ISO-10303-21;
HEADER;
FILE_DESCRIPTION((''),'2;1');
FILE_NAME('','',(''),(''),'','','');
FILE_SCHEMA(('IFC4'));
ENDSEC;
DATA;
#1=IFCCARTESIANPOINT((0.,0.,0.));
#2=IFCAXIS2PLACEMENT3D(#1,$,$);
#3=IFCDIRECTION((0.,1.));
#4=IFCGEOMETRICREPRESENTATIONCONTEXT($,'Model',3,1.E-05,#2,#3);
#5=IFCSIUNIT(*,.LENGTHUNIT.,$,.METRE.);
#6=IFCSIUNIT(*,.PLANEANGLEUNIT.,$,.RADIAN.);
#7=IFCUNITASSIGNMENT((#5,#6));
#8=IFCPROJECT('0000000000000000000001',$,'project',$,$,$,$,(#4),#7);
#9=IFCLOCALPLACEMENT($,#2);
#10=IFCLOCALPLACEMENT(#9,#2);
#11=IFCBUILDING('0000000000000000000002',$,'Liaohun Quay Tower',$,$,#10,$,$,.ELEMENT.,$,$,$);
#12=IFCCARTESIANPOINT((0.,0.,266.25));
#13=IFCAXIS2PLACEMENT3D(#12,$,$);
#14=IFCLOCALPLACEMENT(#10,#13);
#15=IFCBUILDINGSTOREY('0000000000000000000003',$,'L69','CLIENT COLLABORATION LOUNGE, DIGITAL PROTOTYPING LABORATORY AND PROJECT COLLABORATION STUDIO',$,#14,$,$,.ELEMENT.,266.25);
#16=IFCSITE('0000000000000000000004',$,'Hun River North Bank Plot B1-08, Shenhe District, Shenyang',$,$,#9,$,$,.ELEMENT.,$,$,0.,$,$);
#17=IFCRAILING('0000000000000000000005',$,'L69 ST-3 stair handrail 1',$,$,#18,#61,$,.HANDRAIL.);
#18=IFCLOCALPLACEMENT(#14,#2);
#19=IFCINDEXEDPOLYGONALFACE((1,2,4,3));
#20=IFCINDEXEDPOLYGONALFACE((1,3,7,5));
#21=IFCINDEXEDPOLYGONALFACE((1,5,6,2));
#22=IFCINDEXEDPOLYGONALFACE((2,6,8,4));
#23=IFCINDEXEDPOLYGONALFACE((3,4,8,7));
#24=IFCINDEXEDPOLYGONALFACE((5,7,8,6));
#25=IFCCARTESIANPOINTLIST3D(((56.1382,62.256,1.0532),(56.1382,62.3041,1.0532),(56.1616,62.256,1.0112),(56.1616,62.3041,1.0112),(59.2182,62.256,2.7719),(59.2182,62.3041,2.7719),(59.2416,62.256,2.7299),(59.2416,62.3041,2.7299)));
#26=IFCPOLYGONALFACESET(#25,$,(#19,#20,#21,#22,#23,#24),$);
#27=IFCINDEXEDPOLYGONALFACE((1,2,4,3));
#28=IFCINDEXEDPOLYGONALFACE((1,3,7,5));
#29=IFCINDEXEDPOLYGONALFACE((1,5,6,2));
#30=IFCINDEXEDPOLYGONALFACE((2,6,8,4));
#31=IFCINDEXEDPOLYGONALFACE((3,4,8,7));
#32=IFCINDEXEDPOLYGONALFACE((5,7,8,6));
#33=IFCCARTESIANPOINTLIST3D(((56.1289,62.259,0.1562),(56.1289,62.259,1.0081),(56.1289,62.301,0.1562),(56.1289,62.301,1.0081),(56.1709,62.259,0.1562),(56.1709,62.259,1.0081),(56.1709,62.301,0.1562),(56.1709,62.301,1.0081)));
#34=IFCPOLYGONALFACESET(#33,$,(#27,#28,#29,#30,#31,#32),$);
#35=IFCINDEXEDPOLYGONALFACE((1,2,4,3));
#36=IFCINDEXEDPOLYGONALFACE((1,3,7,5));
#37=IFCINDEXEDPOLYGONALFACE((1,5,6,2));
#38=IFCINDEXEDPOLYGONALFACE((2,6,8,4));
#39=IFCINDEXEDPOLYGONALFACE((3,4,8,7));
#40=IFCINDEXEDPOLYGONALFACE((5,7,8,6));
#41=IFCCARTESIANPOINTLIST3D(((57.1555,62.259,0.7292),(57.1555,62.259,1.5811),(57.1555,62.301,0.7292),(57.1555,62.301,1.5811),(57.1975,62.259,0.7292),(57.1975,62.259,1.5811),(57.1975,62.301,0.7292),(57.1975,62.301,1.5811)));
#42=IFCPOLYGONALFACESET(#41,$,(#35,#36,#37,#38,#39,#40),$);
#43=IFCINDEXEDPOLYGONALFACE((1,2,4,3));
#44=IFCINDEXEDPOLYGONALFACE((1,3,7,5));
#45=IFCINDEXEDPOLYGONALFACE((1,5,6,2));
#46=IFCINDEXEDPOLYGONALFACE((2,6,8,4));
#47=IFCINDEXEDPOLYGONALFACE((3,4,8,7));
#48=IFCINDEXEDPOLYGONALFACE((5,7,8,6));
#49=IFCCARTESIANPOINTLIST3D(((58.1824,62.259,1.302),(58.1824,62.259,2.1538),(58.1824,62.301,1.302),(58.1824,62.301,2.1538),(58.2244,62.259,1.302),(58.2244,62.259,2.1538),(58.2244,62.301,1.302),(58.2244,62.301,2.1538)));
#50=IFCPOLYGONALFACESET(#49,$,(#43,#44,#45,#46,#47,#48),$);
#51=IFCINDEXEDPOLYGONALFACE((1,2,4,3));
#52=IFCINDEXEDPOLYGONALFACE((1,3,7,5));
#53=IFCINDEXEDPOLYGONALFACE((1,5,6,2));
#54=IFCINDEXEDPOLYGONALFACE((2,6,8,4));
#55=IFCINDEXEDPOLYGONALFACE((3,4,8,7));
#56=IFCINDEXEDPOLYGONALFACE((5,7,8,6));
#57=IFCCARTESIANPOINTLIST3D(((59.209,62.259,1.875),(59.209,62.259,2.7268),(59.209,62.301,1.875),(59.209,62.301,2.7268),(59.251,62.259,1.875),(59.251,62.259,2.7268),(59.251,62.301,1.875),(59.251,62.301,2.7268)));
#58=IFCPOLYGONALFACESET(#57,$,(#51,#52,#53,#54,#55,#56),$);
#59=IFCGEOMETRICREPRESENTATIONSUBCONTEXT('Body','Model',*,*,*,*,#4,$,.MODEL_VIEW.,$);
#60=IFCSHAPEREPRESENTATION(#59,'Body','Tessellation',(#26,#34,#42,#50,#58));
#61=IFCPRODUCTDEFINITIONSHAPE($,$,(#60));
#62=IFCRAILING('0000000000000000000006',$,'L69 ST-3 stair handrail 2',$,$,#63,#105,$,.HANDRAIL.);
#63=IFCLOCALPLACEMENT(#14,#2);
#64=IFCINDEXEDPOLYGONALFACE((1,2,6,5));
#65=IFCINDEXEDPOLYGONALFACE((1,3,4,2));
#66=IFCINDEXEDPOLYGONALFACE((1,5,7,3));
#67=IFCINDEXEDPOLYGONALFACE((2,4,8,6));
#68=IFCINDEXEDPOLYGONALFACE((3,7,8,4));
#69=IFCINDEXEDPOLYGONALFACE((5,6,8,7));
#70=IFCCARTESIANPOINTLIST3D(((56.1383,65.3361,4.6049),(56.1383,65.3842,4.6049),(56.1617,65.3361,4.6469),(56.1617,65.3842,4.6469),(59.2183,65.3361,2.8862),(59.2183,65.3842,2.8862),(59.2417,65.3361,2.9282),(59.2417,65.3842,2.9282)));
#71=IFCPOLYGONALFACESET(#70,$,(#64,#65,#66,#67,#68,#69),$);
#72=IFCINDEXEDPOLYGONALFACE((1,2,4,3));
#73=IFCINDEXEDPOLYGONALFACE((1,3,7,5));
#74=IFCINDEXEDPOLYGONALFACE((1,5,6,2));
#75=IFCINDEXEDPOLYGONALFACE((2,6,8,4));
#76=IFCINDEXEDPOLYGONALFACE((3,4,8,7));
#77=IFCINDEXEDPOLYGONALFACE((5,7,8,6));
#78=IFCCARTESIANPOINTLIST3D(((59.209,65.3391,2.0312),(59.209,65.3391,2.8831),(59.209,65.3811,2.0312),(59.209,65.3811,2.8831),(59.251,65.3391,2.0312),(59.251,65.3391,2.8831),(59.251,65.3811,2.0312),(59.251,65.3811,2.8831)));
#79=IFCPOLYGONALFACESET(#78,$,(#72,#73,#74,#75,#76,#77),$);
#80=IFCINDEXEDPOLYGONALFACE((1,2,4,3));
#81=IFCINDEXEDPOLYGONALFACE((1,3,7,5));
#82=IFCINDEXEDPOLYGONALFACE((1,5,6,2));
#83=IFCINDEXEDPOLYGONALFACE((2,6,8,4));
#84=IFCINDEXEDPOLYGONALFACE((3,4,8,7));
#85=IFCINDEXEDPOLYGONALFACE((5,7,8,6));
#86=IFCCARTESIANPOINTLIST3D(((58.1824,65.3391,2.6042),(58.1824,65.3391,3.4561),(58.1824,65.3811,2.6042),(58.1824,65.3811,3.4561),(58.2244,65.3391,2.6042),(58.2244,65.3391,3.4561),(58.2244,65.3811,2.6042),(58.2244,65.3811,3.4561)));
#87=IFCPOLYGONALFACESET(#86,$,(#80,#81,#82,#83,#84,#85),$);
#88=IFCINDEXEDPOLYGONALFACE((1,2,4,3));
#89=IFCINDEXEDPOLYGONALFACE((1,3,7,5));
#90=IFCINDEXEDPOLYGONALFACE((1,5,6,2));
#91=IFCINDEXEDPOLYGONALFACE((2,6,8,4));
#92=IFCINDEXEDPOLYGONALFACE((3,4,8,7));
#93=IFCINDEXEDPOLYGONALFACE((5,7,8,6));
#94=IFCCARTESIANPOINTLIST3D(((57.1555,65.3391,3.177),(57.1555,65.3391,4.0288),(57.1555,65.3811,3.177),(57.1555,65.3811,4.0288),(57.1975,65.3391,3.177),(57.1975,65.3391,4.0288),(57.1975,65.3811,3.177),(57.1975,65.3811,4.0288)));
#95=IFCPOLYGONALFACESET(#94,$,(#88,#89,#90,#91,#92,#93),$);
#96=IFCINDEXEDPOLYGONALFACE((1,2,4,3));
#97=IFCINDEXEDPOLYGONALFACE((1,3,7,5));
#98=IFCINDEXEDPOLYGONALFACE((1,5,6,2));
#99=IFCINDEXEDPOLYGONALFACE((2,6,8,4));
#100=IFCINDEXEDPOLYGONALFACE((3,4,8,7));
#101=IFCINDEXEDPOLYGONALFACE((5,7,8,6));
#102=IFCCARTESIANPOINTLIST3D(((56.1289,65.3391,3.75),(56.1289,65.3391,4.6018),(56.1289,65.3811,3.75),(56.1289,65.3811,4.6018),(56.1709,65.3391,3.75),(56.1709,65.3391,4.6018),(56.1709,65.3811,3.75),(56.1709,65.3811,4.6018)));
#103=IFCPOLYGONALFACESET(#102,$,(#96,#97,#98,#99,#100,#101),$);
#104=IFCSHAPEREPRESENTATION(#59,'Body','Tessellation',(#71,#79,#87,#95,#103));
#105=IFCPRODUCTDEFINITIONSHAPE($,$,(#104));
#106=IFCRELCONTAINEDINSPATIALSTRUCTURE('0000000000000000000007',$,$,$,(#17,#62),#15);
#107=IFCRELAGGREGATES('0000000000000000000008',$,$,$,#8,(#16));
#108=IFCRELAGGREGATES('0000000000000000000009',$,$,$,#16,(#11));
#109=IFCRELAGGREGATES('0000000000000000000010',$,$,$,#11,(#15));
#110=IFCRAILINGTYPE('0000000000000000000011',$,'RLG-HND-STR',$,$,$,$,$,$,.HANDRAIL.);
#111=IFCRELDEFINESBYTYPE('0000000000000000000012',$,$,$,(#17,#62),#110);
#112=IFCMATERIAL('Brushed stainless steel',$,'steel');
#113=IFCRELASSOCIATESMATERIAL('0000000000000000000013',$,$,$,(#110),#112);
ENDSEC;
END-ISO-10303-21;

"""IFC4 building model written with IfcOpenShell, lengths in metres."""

from ifc_helpers import new_model, si_unit, direction, frame, origin, origin_2d, place, context, subcontext, project, spatial, rectangle, extrude, material, type_object, element, save


model = new_model("IFC4")

# Units and contexts
model_context = context("Model", 3, precision=1e-05, world=origin(), true_north=direction((0.0, 1.0)))
body_context = subcontext(model_context, "Body", "Model", "MODEL_VIEW")
ifc_project = project(units=[si_unit("LENGTHUNIT", "METRE"), si_unit("PLANEANGLEUNIT", "RADIAN")], contexts=[model_context])

# Site, building, storey
site_placement = place(None, origin())
site = spatial("IfcSite", under=ifc_project, at=site_placement, Name="Hun River North Bank Plot B1-08, Shenhe District, Shenyang", CompositionType="ELEMENT", RefElevation=0.0)
building_placement = place(site_placement, origin())
building = spatial("IfcBuilding", under=site, at=building_placement, Name="Liaohun Quay Tower", CompositionType="ELEMENT")
storey_placement = place(building_placement, frame((0.0, 0.0, 266.25)))
storey = spatial("IfcBuildingStorey", under=building, at=storey_placement, Name="L69", Description="CLIENT COLLABORATION LOUNGE, DIGITAL PROTOTYPING LABORATORY AND PROJECT COLLABORATION STUDIO", CompositionType="ELEMENT", Elevation=266.25)

# Railings
ifc_material_1 = material(Name="Brushed stainless steel", Category="steel")
railing_type_1 = type_object("IfcRailingType", Name="RLG-HND-STR", PredefinedType="HANDRAIL", material=ifc_material_1)
railing_1_placement = place(storey_placement, frame((56.1499, 62.28, 0.1562)))
element("IfcRailing", 1, at=railing_1_placement, inside=storey, type_object=railing_type_1, Name="L69 ST-3 stair handrail 1", PredefinedType="HANDRAIL", context=body_context, shape_type="SweptSolid", body=[
    extrude(rectangle(XDim=0.0481, YDim=0.0481, at=origin_2d()), frame((0.0, 0.0, 0.876), z_axis=(0.873242, 0.0, 0.487288), x_axis=(0.0, 1.0, 0.0)), (0.0, 0.0, 1.0), 3.5271),
    extrude(rectangle(XDim=0.042, YDim=0.042, at=origin_2d()), origin(), (0.0, 0.0, 1.0), 0.8518),
    extrude(rectangle(XDim=0.042, YDim=0.042, at=origin_2d()), frame((1.0266, 0.0, 0.573)), (0.0, 0.0, 1.0), 0.8518),
    extrude(rectangle(XDim=0.042, YDim=0.042, at=origin_2d()), frame((2.0535, 0.0, 1.1458)), (0.0, 0.0, 1.0), 0.8518),
    extrude(rectangle(XDim=0.042, YDim=0.042, at=origin_2d()), frame((3.0801, 0.0, 1.7188)), (0.0, 0.0, 1.0), 0.8518),
])
railing_2_placement = place(storey_placement, frame((59.23, 65.3601, 2.0312)))
element("IfcRailing", 2, at=railing_2_placement, inside=storey, type_object=railing_type_1, Name="L69 ST-3 stair handrail 2", PredefinedType="HANDRAIL", context=body_context, shape_type="SweptSolid", body=[
    extrude(rectangle(XDim=0.0481, YDim=0.0481, at=origin_2d()), frame((0.0, 0.0, 0.876), z_axis=(-0.873242, 0.0, 0.487288), x_axis=(0.0, -1.0, 0.0)), (0.0, 0.0, 1.0), 3.5271),
    extrude(rectangle(XDim=0.042, YDim=0.042, at=origin_2d()), origin(), (0.0, 0.0, 1.0), 0.8518),
    extrude(rectangle(XDim=0.042, YDim=0.042, at=origin_2d()), frame((-1.0266, 0.0, 0.573)), (0.0, 0.0, 1.0), 0.8518),
    extrude(rectangle(XDim=0.042, YDim=0.042, at=origin_2d()), frame((-2.0535, 0.0, 1.1458)), (0.0, 0.0, 1.0), 0.8518),
    extrude(rectangle(XDim=0.042, YDim=0.042, at=origin_2d()), frame((-3.0801, 0.0, 1.7188)), (0.0, 0.0, 1.0), 0.8518),
])

save(model, "model.ifc")
